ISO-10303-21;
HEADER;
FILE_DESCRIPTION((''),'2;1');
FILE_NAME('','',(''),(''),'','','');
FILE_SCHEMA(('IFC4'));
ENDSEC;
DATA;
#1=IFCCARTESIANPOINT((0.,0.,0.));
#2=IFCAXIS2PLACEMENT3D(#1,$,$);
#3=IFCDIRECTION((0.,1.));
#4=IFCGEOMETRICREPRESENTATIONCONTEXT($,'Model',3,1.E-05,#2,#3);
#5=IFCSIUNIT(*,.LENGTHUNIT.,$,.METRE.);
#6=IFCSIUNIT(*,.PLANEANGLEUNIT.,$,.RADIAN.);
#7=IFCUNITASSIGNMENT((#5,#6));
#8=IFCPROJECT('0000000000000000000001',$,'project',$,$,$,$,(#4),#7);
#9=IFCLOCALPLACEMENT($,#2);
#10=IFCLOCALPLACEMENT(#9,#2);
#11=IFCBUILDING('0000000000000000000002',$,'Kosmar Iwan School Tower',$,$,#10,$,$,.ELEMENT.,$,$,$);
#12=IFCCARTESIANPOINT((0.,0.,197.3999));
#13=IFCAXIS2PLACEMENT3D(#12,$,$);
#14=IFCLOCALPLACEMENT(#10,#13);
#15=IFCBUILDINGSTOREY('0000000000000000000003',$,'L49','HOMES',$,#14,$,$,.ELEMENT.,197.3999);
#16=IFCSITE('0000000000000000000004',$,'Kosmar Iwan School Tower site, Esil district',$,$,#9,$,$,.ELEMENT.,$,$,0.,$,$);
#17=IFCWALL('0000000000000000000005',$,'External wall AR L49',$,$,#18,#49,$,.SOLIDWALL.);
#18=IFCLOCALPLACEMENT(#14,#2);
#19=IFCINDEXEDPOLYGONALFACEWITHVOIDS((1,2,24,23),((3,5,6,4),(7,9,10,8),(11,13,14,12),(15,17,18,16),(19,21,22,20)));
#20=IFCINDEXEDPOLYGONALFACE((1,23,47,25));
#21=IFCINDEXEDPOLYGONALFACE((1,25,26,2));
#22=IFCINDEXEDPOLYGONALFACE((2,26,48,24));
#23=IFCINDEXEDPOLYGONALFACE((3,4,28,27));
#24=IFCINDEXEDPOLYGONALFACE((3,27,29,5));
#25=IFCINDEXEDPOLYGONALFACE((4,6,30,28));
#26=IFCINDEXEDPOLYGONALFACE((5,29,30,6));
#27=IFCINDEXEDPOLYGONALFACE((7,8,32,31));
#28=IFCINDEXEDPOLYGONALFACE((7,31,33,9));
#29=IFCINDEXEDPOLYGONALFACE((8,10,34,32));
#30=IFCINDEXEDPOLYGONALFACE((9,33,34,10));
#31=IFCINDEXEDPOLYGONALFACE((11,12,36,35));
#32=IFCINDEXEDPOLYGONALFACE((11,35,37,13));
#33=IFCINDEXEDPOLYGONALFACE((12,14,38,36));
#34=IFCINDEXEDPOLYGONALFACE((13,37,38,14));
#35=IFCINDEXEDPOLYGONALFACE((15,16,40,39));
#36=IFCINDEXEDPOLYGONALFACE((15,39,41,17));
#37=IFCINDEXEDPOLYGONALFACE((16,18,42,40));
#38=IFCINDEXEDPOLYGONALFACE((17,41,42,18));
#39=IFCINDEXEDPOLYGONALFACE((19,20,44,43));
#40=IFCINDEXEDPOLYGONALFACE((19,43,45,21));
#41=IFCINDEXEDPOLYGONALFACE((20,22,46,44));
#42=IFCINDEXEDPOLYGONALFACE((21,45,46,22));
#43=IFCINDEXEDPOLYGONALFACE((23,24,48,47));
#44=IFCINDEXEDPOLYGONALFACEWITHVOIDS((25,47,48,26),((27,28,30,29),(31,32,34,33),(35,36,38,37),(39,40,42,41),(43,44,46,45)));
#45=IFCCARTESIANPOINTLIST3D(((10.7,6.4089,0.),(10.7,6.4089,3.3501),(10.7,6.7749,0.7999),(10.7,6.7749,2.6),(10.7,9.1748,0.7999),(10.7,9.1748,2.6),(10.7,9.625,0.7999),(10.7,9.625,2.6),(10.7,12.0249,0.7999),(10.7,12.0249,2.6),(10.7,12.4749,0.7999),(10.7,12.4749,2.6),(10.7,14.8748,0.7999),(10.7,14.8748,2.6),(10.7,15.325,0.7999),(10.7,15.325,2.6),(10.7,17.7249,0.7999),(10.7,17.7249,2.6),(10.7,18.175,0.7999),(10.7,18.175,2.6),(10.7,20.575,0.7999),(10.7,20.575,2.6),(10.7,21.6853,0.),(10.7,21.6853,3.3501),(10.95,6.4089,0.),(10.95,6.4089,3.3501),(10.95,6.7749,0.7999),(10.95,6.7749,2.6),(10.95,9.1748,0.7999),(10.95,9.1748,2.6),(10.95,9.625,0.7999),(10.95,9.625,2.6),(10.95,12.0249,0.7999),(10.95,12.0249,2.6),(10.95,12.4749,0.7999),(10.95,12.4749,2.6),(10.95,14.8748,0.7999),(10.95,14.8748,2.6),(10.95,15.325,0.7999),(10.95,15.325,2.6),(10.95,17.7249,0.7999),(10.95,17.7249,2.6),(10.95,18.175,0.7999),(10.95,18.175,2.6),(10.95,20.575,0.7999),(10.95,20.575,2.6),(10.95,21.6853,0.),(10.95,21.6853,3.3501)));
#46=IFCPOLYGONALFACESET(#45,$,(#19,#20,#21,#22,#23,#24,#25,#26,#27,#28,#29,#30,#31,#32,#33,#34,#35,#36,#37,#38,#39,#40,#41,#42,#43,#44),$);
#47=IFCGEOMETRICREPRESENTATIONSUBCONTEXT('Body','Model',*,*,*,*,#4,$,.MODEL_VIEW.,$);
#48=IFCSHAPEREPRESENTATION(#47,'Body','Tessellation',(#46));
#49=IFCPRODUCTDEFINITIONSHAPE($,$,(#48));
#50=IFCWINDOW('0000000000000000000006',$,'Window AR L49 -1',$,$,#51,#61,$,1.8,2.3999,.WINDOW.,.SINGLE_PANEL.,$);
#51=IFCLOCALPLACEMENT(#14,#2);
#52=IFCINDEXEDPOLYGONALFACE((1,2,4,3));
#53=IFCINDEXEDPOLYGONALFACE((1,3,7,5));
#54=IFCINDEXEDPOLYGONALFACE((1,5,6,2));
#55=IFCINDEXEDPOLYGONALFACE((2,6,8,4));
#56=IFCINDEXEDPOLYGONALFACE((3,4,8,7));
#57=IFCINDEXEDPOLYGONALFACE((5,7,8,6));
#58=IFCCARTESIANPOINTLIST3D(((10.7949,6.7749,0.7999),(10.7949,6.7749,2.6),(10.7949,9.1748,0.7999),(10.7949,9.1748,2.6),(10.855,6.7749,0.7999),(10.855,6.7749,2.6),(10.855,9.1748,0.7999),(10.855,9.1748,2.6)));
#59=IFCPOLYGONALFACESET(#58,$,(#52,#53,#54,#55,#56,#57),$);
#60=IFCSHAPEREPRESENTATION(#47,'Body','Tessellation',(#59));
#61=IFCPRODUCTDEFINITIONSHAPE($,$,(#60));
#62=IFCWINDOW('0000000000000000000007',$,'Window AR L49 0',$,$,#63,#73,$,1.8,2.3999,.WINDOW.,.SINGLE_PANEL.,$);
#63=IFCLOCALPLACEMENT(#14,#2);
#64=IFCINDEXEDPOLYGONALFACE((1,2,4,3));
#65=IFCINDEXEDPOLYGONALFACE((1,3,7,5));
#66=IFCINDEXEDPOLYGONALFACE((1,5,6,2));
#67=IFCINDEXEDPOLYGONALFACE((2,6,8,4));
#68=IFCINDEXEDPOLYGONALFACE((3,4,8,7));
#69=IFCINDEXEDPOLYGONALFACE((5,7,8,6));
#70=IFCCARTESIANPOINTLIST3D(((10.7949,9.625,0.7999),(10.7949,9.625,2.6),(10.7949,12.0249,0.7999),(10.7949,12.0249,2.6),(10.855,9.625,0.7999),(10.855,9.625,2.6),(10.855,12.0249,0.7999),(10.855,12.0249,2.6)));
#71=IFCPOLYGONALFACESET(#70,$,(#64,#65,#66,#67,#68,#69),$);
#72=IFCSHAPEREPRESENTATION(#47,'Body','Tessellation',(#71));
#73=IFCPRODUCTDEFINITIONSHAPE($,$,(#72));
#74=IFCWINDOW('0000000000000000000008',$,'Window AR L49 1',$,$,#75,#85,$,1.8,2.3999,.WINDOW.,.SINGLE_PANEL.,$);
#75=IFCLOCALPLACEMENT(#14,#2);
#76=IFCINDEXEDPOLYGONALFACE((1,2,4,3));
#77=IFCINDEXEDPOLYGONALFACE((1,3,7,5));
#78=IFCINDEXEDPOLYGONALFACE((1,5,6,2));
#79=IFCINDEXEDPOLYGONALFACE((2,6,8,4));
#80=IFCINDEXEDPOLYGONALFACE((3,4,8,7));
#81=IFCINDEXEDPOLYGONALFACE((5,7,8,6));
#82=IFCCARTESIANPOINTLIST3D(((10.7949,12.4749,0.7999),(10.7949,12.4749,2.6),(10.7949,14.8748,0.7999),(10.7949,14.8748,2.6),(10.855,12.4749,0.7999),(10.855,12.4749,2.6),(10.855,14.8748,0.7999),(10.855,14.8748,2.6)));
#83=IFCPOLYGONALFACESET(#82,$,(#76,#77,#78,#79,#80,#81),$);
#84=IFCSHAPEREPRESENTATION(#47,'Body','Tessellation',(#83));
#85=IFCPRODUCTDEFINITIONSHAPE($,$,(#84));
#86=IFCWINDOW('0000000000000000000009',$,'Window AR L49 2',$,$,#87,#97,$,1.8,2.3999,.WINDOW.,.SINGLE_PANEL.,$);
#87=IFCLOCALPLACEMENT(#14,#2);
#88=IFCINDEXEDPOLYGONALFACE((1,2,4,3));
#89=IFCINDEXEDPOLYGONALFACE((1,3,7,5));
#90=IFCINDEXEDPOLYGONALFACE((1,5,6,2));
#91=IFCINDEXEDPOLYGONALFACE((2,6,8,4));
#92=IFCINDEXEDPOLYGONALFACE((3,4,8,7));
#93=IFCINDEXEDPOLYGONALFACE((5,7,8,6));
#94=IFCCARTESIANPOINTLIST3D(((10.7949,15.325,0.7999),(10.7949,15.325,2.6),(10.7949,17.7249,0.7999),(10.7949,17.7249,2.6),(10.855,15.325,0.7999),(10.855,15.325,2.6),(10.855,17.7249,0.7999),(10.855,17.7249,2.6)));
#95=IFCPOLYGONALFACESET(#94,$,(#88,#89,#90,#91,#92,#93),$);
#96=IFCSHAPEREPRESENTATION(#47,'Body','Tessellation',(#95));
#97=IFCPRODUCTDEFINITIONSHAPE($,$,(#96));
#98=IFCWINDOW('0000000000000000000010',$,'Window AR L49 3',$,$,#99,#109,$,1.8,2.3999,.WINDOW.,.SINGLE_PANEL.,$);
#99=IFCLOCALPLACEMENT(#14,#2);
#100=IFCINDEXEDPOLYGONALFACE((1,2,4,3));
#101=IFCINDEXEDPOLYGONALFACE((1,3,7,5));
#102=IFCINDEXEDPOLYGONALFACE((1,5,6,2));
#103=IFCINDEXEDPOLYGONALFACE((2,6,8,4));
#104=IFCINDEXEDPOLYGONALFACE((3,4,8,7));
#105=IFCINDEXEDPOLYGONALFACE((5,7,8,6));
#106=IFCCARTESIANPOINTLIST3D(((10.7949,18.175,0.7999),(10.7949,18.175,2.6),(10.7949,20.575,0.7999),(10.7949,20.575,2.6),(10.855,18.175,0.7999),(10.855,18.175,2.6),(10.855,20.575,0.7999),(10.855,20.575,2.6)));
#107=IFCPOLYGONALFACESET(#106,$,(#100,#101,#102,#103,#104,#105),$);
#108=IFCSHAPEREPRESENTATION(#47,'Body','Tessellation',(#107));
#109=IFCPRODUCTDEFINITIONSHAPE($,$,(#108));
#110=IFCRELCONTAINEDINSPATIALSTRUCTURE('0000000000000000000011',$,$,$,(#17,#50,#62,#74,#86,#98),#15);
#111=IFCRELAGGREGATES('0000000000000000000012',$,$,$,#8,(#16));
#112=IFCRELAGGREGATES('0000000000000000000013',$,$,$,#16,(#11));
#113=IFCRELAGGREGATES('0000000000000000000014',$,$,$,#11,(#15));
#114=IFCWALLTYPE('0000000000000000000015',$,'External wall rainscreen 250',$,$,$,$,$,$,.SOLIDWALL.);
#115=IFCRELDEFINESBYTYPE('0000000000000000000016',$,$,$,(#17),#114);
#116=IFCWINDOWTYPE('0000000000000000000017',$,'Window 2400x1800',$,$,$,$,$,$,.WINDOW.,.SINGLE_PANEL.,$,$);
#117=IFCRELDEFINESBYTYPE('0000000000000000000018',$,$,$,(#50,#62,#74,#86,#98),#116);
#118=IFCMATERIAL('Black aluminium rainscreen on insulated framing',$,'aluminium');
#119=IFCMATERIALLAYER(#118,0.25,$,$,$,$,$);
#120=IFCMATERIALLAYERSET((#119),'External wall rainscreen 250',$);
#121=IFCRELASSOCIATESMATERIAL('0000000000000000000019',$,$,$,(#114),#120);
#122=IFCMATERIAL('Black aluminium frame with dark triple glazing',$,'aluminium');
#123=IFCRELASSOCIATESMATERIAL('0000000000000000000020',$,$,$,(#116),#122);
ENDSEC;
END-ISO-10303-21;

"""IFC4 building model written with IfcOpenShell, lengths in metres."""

from ifc_helpers import new_model, si_unit, direction, frame, frame_2d, origin, place, context, subcontext, project, spatial, rectangle, extrude, material, layer, layer_set, type_object, element, fill, save


model = new_model("IFC4")

# Units and contexts
model_context = context("Model", 3, precision=1e-05, world=origin(), true_north=direction((0.0, 1.0)))
body_context = subcontext(model_context, "Body", "Model", "MODEL_VIEW")
ifc_project = project(units=[si_unit("LENGTHUNIT", "METRE"), si_unit("PLANEANGLEUNIT", "RADIAN")], contexts=[model_context])

# Site, building, storey
site_placement = place(None, origin())
site = spatial("IfcSite", under=ifc_project, at=site_placement, Name="Kosmar Iwan School Tower site, Esil district", CompositionType="ELEMENT", RefElevation=0.0)
building_placement = place(site_placement, origin())
building = spatial("IfcBuilding", under=site, at=building_placement, Name="Kosmar Iwan School Tower", CompositionType="ELEMENT")
storey_placement = place(building_placement, frame((0.0, 0.0, 197.3999)))
storey = spatial("IfcBuildingStorey", under=building, at=storey_placement, Name="L49", Description="HOMES", CompositionType="ELEMENT", Elevation=197.3999)

# Wall, openings, windows
ifc_material_1 = material(Name="Black aluminium rainscreen on insulated framing", Category="aluminium")
ifc_layer = layer(ifc_material_1, 0.25)
ifc_layer_set = layer_set([ifc_layer], Name="External wall rainscreen 250")
wall_type = type_object("IfcWallType", Name="External wall rainscreen 250", PredefinedType="SOLIDWALL", material=ifc_layer_set)
ifc_material_2 = material(Name="Black aluminium frame with dark triple glazing", Category="aluminium")
window_type = type_object("IfcWindowType", Name="Window 2400x1800", PartitioningType="SINGLE_PANEL", PredefinedType="WINDOW", material=ifc_material_2)
wall_1_placement = place(storey_placement, frame((10.825, 6.4089, 0.0), z_axis=(0.0, 0.0, 1.0), x_axis=(0.0, 1.0, 0.0)))
wall_1 = element("IfcWall", 1, at=wall_1_placement, inside=storey, type_object=wall_type, Name="External wall AR L49", PredefinedType="SOLIDWALL", context=body_context, shape_type="SweptSolid", body=[
    extrude(rectangle(XDim=15.2764, YDim=0.25, at=frame_2d((7.6382, 0.0))), origin(), (0.0, 0.0, 1.0), 3.3501),
])
opening_1_placement = place(wall_1_placement, frame((0.366, 0.0, 0.8)))
opening_1 = element("IfcOpeningElement", 2, at=opening_1_placement, cuts=wall_1, PredefinedType="OPENING", context=body_context, shape_type="SweptSolid", body=[
    extrude(rectangle(XDim=2.3999, YDim=1.8, at=frame_2d((1.2, 0.8999))), frame((0.0, 0.137, 0.0), z_axis=(0.0, -1.0, 0.0), x_axis=(1.0, 0.0, 0.0)), (0.0, 0.0, 1.0), 0.2739),
])
opening_2_placement = place(wall_1_placement, frame((3.2161, 0.0, 0.8)))
opening_2 = element("IfcOpeningElement", 3, at=opening_2_placement, cuts=wall_1, PredefinedType="OPENING", context=body_context, shape_type="SweptSolid", body=[
    extrude(rectangle(XDim=2.3999, YDim=1.8, at=frame_2d((1.2, 0.8999))), frame((0.0, 0.137, 0.0), z_axis=(0.0, -1.0, 0.0), x_axis=(1.0, 0.0, 0.0)), (0.0, 0.0, 1.0), 0.2739),
])
opening_3_placement = place(wall_1_placement, frame((6.0659, 0.0, 0.8)))
opening_3 = element("IfcOpeningElement", 4, at=opening_3_placement, cuts=wall_1, PredefinedType="OPENING", context=body_context, shape_type="SweptSolid", body=[
    extrude(rectangle(XDim=2.3999, YDim=1.8, at=frame_2d((1.2, 0.8999))), frame((0.0, 0.137, 0.0), z_axis=(0.0, -1.0, 0.0), x_axis=(1.0, 0.0, 0.0)), (0.0, 0.0, 1.0), 0.2739),
])
opening_4_placement = place(wall_1_placement, frame((8.916, 0.0, 0.8)))
opening_4 = element("IfcOpeningElement", 5, at=opening_4_placement, cuts=wall_1, PredefinedType="OPENING", context=body_context, shape_type="SweptSolid", body=[
    extrude(rectangle(XDim=2.3999, YDim=1.8, at=frame_2d((1.2, 0.8999))), frame((0.0, 0.137, 0.0), z_axis=(0.0, -1.0, 0.0), x_axis=(1.0, 0.0, 0.0)), (0.0, 0.0, 1.0), 0.2739),
])
opening_5_placement = place(wall_1_placement, frame((11.7661, 0.0, 0.8)))
opening_5 = element("IfcOpeningElement", 6, at=opening_5_placement, cuts=wall_1, PredefinedType="OPENING", context=body_context, shape_type="SweptSolid", body=[
    extrude(rectangle(XDim=2.3999, YDim=1.8, at=frame_2d((1.2, 0.8999))), frame((0.0, 0.137, 0.0), z_axis=(0.0, -1.0, 0.0), x_axis=(1.0, 0.0, 0.0)), (0.0, 0.0, 1.0), 0.2739),
])
window_1_placement = place(opening_1_placement, origin())
window_1 = element("IfcWindow", 7, at=window_1_placement, inside=storey, type_object=window_type, Name="Window AR L49 -1", OverallHeight=1.8, OverallWidth=2.3999, PartitioningType="SINGLE_PANEL", PredefinedType="WINDOW", context=body_context, shape_type="SweptSolid", body=[
    extrude(rectangle(XDim=2.3999, YDim=1.8, at=frame_2d((1.2, 0.8999))), frame((0.0, 0.03, 0.0), z_axis=(0.0, -1.0, 0.0), x_axis=(1.0, 0.0, 0.0)), (0.0, 0.0, 1.0), 0.0601),
])
fill(opening_1, window_1)
window_2_placement = place(opening_2_placement, origin())
window_2 = element("IfcWindow", 8, at=window_2_placement, inside=storey, type_object=window_type, Name="Window AR L49 0", OverallHeight=1.8, OverallWidth=2.3999, PartitioningType="SINGLE_PANEL", PredefinedType="WINDOW", context=body_context, shape_type="SweptSolid", body=[
    extrude(rectangle(XDim=2.3999, YDim=1.8, at=frame_2d((1.2, 0.8999))), frame((0.0, 0.03, 0.0), z_axis=(0.0, -1.0, 0.0), x_axis=(1.0, 0.0, 0.0)), (0.0, 0.0, 1.0), 0.0601),
])
fill(opening_2, window_2)
window_3_placement = place(opening_3_placement, origin())
window_3 = element("IfcWindow", 9, at=window_3_placement, inside=storey, type_object=window_type, Name="Window AR L49 1", OverallHeight=1.8, OverallWidth=2.3999, PartitioningType="SINGLE_PANEL", PredefinedType="WINDOW", context=body_context, shape_type="SweptSolid", body=[
    extrude(rectangle(XDim=2.3999, YDim=1.8, at=frame_2d((1.2, 0.8999))), frame((0.0, 0.03, 0.0), z_axis=(0.0, -1.0, 0.0), x_axis=(1.0, 0.0, 0.0)), (0.0, 0.0, 1.0), 0.0601),
])
fill(opening_3, window_3)
window_4_placement = place(opening_4_placement, origin())
window_4 = element("IfcWindow", 10, at=window_4_placement, inside=storey, type_object=window_type, Name="Window AR L49 2", OverallHeight=1.8, OverallWidth=2.3999, PartitioningType="SINGLE_PANEL", PredefinedType="WINDOW", context=body_context, shape_type="SweptSolid", body=[
    extrude(rectangle(XDim=2.3999, YDim=1.8, at=frame_2d((1.2, 0.8999))), frame((0.0, 0.03, 0.0), z_axis=(0.0, -1.0, 0.0), x_axis=(1.0, 0.0, 0.0)), (0.0, 0.0, 1.0), 0.0601),
])
fill(opening_4, window_4)
window_5_placement = place(opening_5_placement, origin())
window_5 = element("IfcWindow", 11, at=window_5_placement, inside=storey, type_object=window_type, Name="Window AR L49 3", OverallHeight=1.8, OverallWidth=2.3999, PartitioningType="SINGLE_PANEL", PredefinedType="WINDOW", context=body_context, shape_type="SweptSolid", body=[
    extrude(rectangle(XDim=2.3999, YDim=1.8, at=frame_2d((1.2, 0.8999))), frame((0.0, 0.03, 0.0), z_axis=(0.0, -1.0, 0.0), x_axis=(1.0, 0.0, 0.0)), (0.0, 0.0, 1.0), 0.0601),
])
fill(opening_5, window_5)

save(model, "model.ifc")
